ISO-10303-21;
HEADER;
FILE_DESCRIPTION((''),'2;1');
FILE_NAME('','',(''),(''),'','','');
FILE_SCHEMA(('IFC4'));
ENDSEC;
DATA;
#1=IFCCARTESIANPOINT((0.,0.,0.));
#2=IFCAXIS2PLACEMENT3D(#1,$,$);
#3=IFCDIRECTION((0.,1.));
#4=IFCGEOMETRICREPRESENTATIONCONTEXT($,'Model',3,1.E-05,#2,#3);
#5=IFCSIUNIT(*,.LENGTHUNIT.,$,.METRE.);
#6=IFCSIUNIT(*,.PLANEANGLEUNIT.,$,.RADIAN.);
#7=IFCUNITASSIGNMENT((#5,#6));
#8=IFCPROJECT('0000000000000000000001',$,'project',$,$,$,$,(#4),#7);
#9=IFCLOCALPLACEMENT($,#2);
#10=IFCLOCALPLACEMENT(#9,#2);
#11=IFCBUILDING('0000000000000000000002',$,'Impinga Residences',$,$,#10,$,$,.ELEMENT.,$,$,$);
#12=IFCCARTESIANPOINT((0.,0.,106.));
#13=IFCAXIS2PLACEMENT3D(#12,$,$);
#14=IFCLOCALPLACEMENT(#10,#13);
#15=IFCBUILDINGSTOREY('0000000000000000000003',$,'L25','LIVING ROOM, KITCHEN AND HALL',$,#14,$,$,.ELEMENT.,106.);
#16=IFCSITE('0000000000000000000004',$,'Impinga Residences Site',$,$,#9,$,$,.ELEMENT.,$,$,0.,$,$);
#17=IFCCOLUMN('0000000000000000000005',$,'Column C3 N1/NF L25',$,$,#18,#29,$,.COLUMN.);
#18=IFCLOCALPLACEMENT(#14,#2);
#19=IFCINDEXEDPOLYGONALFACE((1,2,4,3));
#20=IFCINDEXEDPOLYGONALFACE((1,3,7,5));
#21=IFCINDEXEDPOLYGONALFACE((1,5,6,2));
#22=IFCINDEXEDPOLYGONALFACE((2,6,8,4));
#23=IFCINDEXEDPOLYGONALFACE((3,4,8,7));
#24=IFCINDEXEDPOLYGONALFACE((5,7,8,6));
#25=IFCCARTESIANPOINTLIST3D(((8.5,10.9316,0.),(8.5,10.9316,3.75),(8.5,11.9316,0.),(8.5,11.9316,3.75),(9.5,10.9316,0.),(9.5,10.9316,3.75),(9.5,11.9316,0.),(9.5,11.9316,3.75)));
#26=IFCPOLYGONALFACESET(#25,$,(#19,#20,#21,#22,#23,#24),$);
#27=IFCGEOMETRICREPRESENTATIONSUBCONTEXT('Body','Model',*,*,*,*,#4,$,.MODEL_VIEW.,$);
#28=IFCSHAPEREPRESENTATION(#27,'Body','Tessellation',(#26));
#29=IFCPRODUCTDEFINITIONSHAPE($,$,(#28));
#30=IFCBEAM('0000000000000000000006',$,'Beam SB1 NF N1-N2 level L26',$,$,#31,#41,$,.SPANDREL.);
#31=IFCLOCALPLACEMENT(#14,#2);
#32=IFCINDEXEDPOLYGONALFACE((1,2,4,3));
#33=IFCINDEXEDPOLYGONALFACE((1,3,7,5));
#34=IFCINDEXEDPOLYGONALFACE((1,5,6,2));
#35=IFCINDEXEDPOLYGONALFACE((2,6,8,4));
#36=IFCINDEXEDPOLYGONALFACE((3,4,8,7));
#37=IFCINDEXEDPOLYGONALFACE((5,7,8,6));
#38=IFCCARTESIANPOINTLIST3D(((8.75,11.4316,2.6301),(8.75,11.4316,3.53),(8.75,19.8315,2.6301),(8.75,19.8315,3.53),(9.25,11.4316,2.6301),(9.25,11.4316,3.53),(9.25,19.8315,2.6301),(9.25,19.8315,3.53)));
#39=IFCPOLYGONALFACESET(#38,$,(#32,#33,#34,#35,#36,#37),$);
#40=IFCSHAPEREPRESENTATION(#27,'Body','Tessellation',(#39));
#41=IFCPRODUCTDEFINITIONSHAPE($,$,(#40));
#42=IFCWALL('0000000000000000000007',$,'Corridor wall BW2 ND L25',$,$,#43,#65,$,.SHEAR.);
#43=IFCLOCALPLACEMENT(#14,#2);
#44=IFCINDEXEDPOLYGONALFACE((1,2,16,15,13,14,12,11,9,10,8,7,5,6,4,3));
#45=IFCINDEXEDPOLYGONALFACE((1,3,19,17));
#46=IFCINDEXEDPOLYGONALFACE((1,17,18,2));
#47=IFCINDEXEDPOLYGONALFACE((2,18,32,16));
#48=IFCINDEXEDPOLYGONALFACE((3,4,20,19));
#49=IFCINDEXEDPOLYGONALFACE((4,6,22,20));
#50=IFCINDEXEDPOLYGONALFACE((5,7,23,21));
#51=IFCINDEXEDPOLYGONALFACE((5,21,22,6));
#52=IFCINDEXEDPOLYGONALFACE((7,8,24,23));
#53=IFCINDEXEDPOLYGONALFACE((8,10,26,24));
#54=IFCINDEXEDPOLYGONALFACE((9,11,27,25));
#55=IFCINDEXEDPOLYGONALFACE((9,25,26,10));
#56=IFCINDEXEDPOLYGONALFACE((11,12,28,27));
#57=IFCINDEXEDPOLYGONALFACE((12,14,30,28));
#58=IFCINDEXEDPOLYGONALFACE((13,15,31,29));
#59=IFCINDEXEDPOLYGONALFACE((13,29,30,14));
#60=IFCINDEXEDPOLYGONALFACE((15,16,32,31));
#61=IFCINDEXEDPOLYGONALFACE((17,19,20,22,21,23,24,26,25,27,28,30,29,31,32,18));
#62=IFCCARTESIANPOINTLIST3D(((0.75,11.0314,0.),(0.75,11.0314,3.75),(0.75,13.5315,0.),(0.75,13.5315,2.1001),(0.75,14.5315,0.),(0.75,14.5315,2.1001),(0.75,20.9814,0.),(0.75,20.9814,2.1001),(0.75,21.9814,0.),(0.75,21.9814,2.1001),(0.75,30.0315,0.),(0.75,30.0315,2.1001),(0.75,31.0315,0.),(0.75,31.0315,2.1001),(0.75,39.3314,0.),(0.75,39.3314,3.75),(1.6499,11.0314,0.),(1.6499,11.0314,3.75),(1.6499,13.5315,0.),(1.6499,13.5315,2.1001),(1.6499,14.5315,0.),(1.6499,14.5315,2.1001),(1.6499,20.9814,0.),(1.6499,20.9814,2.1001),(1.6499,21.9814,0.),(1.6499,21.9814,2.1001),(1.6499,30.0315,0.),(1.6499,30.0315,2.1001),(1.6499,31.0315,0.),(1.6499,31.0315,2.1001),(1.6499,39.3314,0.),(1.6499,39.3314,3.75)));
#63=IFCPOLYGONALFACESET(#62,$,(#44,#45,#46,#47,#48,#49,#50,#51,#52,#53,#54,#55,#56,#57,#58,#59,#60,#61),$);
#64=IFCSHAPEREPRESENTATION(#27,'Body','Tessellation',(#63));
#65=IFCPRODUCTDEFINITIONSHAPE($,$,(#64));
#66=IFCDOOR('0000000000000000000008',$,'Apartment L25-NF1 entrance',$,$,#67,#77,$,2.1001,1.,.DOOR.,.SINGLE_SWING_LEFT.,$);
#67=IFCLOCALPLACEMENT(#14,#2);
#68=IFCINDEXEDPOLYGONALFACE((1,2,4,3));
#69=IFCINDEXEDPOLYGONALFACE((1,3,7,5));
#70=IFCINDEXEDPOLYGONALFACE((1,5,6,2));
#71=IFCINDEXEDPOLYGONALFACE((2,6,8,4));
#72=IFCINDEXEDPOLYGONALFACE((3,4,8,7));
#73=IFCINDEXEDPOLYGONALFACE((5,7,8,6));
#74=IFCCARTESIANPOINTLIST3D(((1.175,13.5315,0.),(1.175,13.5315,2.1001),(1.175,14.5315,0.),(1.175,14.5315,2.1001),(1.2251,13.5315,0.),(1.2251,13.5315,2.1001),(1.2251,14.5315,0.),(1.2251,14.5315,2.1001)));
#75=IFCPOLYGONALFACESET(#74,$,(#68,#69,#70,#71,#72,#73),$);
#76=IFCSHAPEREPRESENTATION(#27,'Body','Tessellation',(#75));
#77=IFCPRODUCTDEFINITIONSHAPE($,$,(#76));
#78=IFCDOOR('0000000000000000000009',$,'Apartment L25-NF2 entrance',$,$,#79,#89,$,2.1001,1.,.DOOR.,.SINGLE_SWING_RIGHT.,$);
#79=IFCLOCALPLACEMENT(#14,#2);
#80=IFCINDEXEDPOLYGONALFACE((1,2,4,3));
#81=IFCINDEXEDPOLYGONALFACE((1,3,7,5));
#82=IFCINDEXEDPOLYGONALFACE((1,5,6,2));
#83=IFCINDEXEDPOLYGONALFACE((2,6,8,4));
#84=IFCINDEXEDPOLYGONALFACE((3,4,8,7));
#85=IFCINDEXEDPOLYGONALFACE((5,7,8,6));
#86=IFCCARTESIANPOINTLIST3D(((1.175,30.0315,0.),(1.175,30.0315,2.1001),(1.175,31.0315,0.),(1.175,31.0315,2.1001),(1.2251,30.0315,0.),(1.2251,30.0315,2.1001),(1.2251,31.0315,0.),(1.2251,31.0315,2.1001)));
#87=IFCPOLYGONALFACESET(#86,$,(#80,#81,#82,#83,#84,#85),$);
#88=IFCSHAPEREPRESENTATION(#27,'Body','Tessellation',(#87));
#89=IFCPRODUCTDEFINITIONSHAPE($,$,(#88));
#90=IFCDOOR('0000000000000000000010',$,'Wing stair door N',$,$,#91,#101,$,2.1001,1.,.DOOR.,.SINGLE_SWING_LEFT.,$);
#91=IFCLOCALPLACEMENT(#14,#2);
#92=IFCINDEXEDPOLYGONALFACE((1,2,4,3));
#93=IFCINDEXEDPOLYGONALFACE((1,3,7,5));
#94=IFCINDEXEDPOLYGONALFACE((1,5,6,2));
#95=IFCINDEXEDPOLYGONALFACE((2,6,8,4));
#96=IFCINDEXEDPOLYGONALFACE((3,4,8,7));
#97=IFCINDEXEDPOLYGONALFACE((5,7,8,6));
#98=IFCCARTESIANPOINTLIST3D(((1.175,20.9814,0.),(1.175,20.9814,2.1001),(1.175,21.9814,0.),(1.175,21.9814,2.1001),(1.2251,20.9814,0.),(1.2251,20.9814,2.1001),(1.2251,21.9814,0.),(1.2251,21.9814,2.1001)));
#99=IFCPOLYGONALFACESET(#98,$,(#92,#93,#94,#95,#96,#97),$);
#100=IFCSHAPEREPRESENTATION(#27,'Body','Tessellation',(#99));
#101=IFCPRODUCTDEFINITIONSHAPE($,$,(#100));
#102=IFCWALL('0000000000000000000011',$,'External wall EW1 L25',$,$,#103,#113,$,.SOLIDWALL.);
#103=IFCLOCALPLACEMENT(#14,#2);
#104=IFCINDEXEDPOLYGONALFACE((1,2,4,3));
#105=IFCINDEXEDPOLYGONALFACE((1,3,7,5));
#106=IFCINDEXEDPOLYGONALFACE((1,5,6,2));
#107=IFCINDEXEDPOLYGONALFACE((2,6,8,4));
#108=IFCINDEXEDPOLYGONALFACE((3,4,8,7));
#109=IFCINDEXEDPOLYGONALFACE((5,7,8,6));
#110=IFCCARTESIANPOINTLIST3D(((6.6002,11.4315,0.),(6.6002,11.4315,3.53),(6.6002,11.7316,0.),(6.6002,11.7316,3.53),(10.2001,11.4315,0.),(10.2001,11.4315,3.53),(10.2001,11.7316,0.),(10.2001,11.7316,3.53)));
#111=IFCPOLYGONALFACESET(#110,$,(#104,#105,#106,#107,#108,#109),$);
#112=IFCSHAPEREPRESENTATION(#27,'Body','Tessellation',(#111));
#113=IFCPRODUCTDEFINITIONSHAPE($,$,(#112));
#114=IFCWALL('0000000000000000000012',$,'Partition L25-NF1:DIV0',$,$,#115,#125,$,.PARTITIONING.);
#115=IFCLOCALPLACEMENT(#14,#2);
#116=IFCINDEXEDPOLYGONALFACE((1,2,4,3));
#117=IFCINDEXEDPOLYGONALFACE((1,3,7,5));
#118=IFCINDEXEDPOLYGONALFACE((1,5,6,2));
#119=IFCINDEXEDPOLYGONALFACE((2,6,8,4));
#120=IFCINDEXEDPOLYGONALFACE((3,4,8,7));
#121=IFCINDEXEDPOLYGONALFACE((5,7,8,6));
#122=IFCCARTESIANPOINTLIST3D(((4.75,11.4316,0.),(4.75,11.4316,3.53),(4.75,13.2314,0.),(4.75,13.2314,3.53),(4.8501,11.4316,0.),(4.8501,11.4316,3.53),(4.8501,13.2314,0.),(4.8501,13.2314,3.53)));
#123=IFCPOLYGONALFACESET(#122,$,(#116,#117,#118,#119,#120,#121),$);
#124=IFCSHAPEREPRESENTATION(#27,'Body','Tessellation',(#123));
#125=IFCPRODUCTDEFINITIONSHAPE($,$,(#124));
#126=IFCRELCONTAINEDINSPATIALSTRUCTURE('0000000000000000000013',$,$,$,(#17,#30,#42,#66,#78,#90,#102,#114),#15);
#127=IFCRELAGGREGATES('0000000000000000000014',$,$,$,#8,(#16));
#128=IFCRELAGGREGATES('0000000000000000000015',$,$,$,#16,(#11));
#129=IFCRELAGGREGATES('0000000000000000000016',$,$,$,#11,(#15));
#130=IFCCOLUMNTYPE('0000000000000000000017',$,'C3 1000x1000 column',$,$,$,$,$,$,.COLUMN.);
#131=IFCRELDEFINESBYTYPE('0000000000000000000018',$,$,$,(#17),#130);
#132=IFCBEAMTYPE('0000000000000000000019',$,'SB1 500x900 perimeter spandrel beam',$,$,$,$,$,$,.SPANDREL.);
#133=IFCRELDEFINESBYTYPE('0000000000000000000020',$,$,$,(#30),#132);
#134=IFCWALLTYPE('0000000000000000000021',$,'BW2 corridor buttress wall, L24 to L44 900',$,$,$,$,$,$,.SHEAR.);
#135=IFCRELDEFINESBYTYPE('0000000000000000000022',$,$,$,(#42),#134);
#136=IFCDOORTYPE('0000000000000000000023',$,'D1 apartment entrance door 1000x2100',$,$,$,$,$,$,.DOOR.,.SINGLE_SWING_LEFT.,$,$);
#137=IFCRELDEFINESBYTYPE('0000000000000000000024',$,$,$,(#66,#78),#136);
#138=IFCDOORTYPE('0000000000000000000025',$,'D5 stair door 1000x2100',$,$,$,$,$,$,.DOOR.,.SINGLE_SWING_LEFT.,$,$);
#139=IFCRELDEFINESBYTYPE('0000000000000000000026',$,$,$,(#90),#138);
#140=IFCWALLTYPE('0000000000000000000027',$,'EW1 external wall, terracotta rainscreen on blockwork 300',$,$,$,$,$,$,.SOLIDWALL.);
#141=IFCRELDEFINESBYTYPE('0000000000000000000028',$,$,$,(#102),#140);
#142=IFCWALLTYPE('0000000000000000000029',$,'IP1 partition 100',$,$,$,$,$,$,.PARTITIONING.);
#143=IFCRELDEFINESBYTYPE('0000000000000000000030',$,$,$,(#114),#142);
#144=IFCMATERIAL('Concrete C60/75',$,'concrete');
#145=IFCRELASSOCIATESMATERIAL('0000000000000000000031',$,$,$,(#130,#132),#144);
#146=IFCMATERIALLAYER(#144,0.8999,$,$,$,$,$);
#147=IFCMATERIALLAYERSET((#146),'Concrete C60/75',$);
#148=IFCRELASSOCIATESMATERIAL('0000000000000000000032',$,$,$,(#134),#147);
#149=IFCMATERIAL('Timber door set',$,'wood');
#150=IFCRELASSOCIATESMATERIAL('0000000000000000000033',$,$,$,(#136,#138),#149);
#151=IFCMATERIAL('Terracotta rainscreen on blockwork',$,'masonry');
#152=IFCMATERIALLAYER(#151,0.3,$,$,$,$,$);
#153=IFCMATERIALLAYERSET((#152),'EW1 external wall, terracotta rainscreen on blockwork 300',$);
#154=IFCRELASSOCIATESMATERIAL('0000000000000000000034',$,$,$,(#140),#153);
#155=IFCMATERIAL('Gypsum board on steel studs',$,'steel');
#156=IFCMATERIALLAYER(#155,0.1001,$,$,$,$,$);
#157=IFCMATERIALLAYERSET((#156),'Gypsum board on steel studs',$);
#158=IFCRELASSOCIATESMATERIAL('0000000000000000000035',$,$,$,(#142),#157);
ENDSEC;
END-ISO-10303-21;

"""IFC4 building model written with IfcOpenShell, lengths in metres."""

from ifc_helpers import new_model, si_unit, direction, frame, frame_2d, origin, origin_2d, place, context, subcontext, project, spatial, rectangle, extrude, material, layer, layer_set, material_profile, profile_set, type_object, element, fill, save


model = new_model("IFC4")

# Units and contexts
model_context = context("Model", 3, precision=1e-05, world=origin(), true_north=direction((0.0, 1.0)))
body_context = subcontext(model_context, "Body", "Model", "MODEL_VIEW")
ifc_project = project(units=[si_unit("LENGTHUNIT", "METRE"), si_unit("PLANEANGLEUNIT", "RADIAN")], contexts=[model_context])

# Site, building, storey
site_placement = place(None, origin())
site = spatial("IfcSite", under=ifc_project, at=site_placement, Name="Impinga Residences Site", CompositionType="ELEMENT", RefElevation=0.0)
building_placement = place(site_placement, origin())
building = spatial("IfcBuilding", under=site, at=building_placement, Name="Impinga Residences", CompositionType="ELEMENT")
storey_placement = place(building_placement, frame((0.0, 0.0, 106.0)))
storey = spatial("IfcBuildingStorey", under=building, at=storey_placement, Name="L25", Description="LIVING ROOM, KITCHEN AND HALL", CompositionType="ELEMENT", Elevation=106.0)

# Column
ifc_material_1 = material(Name="Concrete C60/75", Category="concrete")
ifc_material_profile_1 = material_profile(ifc_material_1, rectangle(XDim=1.0, YDim=1.0, at=origin_2d()), Name="RC 1000x1000")
ifc_profile_set_1 = profile_set([ifc_material_profile_1], Name="Concrete C60/75")
column_type = type_object("IfcColumnType", Name="C3 1000x1000 column", PredefinedType="COLUMN", material=ifc_profile_set_1)
column_placement = place(storey_placement, frame((9.0, 11.4316, 0.0), z_axis=(0.0, 0.0, 1.0), x_axis=(1.0, 0.0, 0.0)))
element("IfcColumn", 1, at=column_placement, inside=storey, type_object=column_type, Name="Column C3 N1/NF L25", PredefinedType="COLUMN", context=body_context, shape_type="SweptSolid", body=[
    extrude(rectangle(XDim=1.0, YDim=1.0, at=origin_2d()), origin(), (0.0, 0.0, 1.0), 3.75),
])

# Beam
ifc_material_profile_2 = material_profile(ifc_material_1, rectangle(XDim=0.5, YDim=0.8999, at=origin_2d()), Name="RC 500x900")
ifc_profile_set_2 = profile_set([ifc_material_profile_2], Name="Concrete C60/75")
beam_type = type_object("IfcBeamType", Name="SB1 500x900 perimeter spandrel beam", PredefinedType="SPANDREL", material=ifc_profile_set_2)
beam_placement = place(storey_placement, frame((9.0, 11.4316, 3.0801), z_axis=(0.0, 1.0, 0.0), x_axis=(-1.0, 0.0, 0.0)))
element("IfcBeam", 2, at=beam_placement, inside=storey, type_object=beam_type, Name="Beam SB1 NF N1-N2 level L26", PredefinedType="SPANDREL", context=body_context, shape_type="SweptSolid", body=[
    extrude(rectangle(XDim=0.5, YDim=0.8999, at=origin_2d()), origin(), (0.0, 0.0, 1.0), 8.3999),
])

# Wall, openings, doors
ifc_layer_1 = layer(ifc_material_1, 0.8999)
ifc_layer_set_1 = layer_set([ifc_layer_1], Name="Concrete C60/75")
wall_type_1 = type_object("IfcWallType", Name="BW2 corridor buttress wall, L24 to L44 900", PredefinedType="SHEAR", material=ifc_layer_set_1)
wall_1_placement = place(storey_placement, frame((1.2, 11.0315, 0.0), z_axis=(0.0, 0.0, 1.0), x_axis=(0.0, 1.0, 0.0)))
wall_1 = element("IfcWall", 3, at=wall_1_placement, inside=storey, type_object=wall_type_1, Name="Corridor wall BW2 ND L25", PredefinedType="SHEAR", context=body_context, shape_type="SweptSolid", body=[
    extrude(rectangle(XDim=28.3, YDim=0.8999, at=frame_2d((14.1499, 0.0))), origin(), (0.0, 0.0, 1.0), 3.75),
])
opening_1_placement = place(wall_1_placement, frame((9.95, 0.0, 0.0)))
opening_1 = element("IfcOpeningElement", 4, at=opening_1_placement, cuts=wall_1, PredefinedType="OPENING", context=body_context, shape_type="SweptSolid", body=[
    extrude(rectangle(XDim=1.0, YDim=2.1001, at=frame_2d((0.5, 1.05))), frame((0.0, 0.46, 0.0), z_axis=(0.0, -1.0, 0.0), x_axis=(1.0, 0.0, 0.0)), (0.0, 0.0, 1.0), 0.9199),
])
opening_2_placement = place(wall_1_placement, frame((2.5, 0.0, 0.0)))
opening_2 = element("IfcOpeningElement", 5, at=opening_2_placement, cuts=wall_1, PredefinedType="OPENING", context=body_context, shape_type="SweptSolid", body=[
    extrude(rectangle(XDim=1.0, YDim=2.1001, at=frame_2d((0.5, 1.05))), frame((0.0, 0.46, 0.0), z_axis=(0.0, -1.0, 0.0), x_axis=(1.0, 0.0, 0.0)), (0.0, 0.0, 1.0), 0.9199),
])
opening_3_placement = place(wall_1_placement, frame((19.0, 0.0, 0.0)))
opening_3 = element("IfcOpeningElement", 6, at=opening_3_placement, cuts=wall_1, PredefinedType="OPENING", context=body_context, shape_type="SweptSolid", body=[
    extrude(rectangle(XDim=1.0, YDim=2.1001, at=frame_2d((0.5, 1.05))), frame((0.0, 0.46, 0.0), z_axis=(0.0, -1.0, 0.0), x_axis=(1.0, 0.0, 0.0)), (0.0, 0.0, 1.0), 0.9199),
])
ifc_material_2 = material(Name="Timber door set", Category="wood")
door_type_1 = type_object("IfcDoorType", Name="D1 apartment entrance door 1000x2100", OperationType="SINGLE_SWING_LEFT", PredefinedType="DOOR", material=ifc_material_2)
door_1_placement = place(opening_2_placement, origin())
door_1 = element("IfcDoor", 7, at=door_1_placement, inside=storey, type_object=door_type_1, Name="Apartment L25-NF1 entrance", OperationType="SINGLE_SWING_LEFT", OverallHeight=2.1001, OverallWidth=1.0, PredefinedType="DOOR", context=body_context, shape_type="SweptSolid", body=[
    extrude(rectangle(XDim=1.0, YDim=2.1001, at=frame_2d((0.5, 1.05))), frame((0.0, 0.0249, 0.0), z_axis=(0.0, -1.0, 0.0), x_axis=(1.0, 0.0, 0.0)), (0.0, 0.0, 1.0), 0.05),
])
fill(opening_2, door_1)
door_2_placement = place(opening_3_placement, origin())
door_2 = element("IfcDoor", 8, at=door_2_placement, inside=storey, type_object=door_type_1, Name="Apartment L25-NF2 entrance", OperationType="SINGLE_SWING_RIGHT", OverallHeight=2.1001, OverallWidth=1.0, PredefinedType="DOOR", context=body_context, shape_type="SweptSolid", body=[
    extrude(rectangle(XDim=1.0, YDim=2.1001, at=frame_2d((0.5, 1.05))), frame((0.0, 0.0249, 0.0), z_axis=(0.0, -1.0, 0.0), x_axis=(1.0, 0.0, 0.0)), (0.0, 0.0, 1.0), 0.05),
])
fill(opening_3, door_2)
door_type_2 = type_object("IfcDoorType", Name="D5 stair door 1000x2100", OperationType="SINGLE_SWING_LEFT", PredefinedType="DOOR", material=ifc_material_2)
door_3_placement = place(opening_1_placement, origin())
door_3 = element("IfcDoor", 9, at=door_3_placement, inside=storey, type_object=door_type_2, Name="Wing stair door N", OperationType="SINGLE_SWING_LEFT", OverallHeight=2.1001, OverallWidth=1.0, PredefinedType="DOOR", context=body_context, shape_type="SweptSolid", body=[
    extrude(rectangle(XDim=1.0, YDim=2.1001, at=frame_2d((0.5, 1.05))), frame((0.0, 0.0249, 0.0), z_axis=(0.0, -1.0, 0.0), x_axis=(1.0, 0.0, 0.0)), (0.0, 0.0, 1.0), 0.05),
])
fill(opening_1, door_3)

# Walls
ifc_material_3 = material(Name="Terracotta rainscreen on blockwork", Category="masonry")
ifc_layer_2 = layer(ifc_material_3, 0.3)
ifc_layer_set_2 = layer_set([ifc_layer_2], Name="EW1 external wall, terracotta rainscreen on blockwork 300")
wall_type_2 = type_object("IfcWallType", Name="EW1 external wall, terracotta rainscreen on blockwork 300", PredefinedType="SOLIDWALL", material=ifc_layer_set_2)
wall_2_placement = place(storey_placement, frame((10.2, 11.5815, 0.0), z_axis=(0.0, 0.0, 1.0), x_axis=(-1.0, 0.0, 0.0)))
element("IfcWall", 10, at=wall_2_placement, inside=storey, type_object=wall_type_2, Name="External wall EW1 L25", PredefinedType="SOLIDWALL", context=body_context, shape_type="SweptSolid", body=[
    extrude(rectangle(XDim=3.5999, YDim=0.3, at=frame_2d((1.7998, 0.0))), origin(), (0.0, 0.0, 1.0), 3.53),
])
ifc_material_4 = material(Name="Gypsum board on steel studs", Category="steel")
ifc_layer_3 = layer(ifc_material_4, 0.1001)
ifc_layer_set_3 = layer_set([ifc_layer_3], Name="Gypsum board on steel studs")
wall_type_3 = type_object("IfcWallType", Name="IP1 partition 100", PredefinedType="PARTITIONING", material=ifc_layer_set_3)
wall_3_placement = place(storey_placement, frame((4.8, 11.4316, 0.0), z_axis=(0.0, 0.0, 1.0), x_axis=(0.0, 1.0, 0.0)))
element("IfcWall", 11, at=wall_3_placement, inside=storey, type_object=wall_type_3, Name="Partition L25-NF1:DIV0", PredefinedType="PARTITIONING", context=body_context, shape_type="SweptSolid", body=[
    extrude(rectangle(XDim=1.7998, YDim=0.1001, at=frame_2d((0.8999, 0.0))), origin(), (0.0, 0.0, 1.0), 3.53),
])

save(model, "model.ifc")
